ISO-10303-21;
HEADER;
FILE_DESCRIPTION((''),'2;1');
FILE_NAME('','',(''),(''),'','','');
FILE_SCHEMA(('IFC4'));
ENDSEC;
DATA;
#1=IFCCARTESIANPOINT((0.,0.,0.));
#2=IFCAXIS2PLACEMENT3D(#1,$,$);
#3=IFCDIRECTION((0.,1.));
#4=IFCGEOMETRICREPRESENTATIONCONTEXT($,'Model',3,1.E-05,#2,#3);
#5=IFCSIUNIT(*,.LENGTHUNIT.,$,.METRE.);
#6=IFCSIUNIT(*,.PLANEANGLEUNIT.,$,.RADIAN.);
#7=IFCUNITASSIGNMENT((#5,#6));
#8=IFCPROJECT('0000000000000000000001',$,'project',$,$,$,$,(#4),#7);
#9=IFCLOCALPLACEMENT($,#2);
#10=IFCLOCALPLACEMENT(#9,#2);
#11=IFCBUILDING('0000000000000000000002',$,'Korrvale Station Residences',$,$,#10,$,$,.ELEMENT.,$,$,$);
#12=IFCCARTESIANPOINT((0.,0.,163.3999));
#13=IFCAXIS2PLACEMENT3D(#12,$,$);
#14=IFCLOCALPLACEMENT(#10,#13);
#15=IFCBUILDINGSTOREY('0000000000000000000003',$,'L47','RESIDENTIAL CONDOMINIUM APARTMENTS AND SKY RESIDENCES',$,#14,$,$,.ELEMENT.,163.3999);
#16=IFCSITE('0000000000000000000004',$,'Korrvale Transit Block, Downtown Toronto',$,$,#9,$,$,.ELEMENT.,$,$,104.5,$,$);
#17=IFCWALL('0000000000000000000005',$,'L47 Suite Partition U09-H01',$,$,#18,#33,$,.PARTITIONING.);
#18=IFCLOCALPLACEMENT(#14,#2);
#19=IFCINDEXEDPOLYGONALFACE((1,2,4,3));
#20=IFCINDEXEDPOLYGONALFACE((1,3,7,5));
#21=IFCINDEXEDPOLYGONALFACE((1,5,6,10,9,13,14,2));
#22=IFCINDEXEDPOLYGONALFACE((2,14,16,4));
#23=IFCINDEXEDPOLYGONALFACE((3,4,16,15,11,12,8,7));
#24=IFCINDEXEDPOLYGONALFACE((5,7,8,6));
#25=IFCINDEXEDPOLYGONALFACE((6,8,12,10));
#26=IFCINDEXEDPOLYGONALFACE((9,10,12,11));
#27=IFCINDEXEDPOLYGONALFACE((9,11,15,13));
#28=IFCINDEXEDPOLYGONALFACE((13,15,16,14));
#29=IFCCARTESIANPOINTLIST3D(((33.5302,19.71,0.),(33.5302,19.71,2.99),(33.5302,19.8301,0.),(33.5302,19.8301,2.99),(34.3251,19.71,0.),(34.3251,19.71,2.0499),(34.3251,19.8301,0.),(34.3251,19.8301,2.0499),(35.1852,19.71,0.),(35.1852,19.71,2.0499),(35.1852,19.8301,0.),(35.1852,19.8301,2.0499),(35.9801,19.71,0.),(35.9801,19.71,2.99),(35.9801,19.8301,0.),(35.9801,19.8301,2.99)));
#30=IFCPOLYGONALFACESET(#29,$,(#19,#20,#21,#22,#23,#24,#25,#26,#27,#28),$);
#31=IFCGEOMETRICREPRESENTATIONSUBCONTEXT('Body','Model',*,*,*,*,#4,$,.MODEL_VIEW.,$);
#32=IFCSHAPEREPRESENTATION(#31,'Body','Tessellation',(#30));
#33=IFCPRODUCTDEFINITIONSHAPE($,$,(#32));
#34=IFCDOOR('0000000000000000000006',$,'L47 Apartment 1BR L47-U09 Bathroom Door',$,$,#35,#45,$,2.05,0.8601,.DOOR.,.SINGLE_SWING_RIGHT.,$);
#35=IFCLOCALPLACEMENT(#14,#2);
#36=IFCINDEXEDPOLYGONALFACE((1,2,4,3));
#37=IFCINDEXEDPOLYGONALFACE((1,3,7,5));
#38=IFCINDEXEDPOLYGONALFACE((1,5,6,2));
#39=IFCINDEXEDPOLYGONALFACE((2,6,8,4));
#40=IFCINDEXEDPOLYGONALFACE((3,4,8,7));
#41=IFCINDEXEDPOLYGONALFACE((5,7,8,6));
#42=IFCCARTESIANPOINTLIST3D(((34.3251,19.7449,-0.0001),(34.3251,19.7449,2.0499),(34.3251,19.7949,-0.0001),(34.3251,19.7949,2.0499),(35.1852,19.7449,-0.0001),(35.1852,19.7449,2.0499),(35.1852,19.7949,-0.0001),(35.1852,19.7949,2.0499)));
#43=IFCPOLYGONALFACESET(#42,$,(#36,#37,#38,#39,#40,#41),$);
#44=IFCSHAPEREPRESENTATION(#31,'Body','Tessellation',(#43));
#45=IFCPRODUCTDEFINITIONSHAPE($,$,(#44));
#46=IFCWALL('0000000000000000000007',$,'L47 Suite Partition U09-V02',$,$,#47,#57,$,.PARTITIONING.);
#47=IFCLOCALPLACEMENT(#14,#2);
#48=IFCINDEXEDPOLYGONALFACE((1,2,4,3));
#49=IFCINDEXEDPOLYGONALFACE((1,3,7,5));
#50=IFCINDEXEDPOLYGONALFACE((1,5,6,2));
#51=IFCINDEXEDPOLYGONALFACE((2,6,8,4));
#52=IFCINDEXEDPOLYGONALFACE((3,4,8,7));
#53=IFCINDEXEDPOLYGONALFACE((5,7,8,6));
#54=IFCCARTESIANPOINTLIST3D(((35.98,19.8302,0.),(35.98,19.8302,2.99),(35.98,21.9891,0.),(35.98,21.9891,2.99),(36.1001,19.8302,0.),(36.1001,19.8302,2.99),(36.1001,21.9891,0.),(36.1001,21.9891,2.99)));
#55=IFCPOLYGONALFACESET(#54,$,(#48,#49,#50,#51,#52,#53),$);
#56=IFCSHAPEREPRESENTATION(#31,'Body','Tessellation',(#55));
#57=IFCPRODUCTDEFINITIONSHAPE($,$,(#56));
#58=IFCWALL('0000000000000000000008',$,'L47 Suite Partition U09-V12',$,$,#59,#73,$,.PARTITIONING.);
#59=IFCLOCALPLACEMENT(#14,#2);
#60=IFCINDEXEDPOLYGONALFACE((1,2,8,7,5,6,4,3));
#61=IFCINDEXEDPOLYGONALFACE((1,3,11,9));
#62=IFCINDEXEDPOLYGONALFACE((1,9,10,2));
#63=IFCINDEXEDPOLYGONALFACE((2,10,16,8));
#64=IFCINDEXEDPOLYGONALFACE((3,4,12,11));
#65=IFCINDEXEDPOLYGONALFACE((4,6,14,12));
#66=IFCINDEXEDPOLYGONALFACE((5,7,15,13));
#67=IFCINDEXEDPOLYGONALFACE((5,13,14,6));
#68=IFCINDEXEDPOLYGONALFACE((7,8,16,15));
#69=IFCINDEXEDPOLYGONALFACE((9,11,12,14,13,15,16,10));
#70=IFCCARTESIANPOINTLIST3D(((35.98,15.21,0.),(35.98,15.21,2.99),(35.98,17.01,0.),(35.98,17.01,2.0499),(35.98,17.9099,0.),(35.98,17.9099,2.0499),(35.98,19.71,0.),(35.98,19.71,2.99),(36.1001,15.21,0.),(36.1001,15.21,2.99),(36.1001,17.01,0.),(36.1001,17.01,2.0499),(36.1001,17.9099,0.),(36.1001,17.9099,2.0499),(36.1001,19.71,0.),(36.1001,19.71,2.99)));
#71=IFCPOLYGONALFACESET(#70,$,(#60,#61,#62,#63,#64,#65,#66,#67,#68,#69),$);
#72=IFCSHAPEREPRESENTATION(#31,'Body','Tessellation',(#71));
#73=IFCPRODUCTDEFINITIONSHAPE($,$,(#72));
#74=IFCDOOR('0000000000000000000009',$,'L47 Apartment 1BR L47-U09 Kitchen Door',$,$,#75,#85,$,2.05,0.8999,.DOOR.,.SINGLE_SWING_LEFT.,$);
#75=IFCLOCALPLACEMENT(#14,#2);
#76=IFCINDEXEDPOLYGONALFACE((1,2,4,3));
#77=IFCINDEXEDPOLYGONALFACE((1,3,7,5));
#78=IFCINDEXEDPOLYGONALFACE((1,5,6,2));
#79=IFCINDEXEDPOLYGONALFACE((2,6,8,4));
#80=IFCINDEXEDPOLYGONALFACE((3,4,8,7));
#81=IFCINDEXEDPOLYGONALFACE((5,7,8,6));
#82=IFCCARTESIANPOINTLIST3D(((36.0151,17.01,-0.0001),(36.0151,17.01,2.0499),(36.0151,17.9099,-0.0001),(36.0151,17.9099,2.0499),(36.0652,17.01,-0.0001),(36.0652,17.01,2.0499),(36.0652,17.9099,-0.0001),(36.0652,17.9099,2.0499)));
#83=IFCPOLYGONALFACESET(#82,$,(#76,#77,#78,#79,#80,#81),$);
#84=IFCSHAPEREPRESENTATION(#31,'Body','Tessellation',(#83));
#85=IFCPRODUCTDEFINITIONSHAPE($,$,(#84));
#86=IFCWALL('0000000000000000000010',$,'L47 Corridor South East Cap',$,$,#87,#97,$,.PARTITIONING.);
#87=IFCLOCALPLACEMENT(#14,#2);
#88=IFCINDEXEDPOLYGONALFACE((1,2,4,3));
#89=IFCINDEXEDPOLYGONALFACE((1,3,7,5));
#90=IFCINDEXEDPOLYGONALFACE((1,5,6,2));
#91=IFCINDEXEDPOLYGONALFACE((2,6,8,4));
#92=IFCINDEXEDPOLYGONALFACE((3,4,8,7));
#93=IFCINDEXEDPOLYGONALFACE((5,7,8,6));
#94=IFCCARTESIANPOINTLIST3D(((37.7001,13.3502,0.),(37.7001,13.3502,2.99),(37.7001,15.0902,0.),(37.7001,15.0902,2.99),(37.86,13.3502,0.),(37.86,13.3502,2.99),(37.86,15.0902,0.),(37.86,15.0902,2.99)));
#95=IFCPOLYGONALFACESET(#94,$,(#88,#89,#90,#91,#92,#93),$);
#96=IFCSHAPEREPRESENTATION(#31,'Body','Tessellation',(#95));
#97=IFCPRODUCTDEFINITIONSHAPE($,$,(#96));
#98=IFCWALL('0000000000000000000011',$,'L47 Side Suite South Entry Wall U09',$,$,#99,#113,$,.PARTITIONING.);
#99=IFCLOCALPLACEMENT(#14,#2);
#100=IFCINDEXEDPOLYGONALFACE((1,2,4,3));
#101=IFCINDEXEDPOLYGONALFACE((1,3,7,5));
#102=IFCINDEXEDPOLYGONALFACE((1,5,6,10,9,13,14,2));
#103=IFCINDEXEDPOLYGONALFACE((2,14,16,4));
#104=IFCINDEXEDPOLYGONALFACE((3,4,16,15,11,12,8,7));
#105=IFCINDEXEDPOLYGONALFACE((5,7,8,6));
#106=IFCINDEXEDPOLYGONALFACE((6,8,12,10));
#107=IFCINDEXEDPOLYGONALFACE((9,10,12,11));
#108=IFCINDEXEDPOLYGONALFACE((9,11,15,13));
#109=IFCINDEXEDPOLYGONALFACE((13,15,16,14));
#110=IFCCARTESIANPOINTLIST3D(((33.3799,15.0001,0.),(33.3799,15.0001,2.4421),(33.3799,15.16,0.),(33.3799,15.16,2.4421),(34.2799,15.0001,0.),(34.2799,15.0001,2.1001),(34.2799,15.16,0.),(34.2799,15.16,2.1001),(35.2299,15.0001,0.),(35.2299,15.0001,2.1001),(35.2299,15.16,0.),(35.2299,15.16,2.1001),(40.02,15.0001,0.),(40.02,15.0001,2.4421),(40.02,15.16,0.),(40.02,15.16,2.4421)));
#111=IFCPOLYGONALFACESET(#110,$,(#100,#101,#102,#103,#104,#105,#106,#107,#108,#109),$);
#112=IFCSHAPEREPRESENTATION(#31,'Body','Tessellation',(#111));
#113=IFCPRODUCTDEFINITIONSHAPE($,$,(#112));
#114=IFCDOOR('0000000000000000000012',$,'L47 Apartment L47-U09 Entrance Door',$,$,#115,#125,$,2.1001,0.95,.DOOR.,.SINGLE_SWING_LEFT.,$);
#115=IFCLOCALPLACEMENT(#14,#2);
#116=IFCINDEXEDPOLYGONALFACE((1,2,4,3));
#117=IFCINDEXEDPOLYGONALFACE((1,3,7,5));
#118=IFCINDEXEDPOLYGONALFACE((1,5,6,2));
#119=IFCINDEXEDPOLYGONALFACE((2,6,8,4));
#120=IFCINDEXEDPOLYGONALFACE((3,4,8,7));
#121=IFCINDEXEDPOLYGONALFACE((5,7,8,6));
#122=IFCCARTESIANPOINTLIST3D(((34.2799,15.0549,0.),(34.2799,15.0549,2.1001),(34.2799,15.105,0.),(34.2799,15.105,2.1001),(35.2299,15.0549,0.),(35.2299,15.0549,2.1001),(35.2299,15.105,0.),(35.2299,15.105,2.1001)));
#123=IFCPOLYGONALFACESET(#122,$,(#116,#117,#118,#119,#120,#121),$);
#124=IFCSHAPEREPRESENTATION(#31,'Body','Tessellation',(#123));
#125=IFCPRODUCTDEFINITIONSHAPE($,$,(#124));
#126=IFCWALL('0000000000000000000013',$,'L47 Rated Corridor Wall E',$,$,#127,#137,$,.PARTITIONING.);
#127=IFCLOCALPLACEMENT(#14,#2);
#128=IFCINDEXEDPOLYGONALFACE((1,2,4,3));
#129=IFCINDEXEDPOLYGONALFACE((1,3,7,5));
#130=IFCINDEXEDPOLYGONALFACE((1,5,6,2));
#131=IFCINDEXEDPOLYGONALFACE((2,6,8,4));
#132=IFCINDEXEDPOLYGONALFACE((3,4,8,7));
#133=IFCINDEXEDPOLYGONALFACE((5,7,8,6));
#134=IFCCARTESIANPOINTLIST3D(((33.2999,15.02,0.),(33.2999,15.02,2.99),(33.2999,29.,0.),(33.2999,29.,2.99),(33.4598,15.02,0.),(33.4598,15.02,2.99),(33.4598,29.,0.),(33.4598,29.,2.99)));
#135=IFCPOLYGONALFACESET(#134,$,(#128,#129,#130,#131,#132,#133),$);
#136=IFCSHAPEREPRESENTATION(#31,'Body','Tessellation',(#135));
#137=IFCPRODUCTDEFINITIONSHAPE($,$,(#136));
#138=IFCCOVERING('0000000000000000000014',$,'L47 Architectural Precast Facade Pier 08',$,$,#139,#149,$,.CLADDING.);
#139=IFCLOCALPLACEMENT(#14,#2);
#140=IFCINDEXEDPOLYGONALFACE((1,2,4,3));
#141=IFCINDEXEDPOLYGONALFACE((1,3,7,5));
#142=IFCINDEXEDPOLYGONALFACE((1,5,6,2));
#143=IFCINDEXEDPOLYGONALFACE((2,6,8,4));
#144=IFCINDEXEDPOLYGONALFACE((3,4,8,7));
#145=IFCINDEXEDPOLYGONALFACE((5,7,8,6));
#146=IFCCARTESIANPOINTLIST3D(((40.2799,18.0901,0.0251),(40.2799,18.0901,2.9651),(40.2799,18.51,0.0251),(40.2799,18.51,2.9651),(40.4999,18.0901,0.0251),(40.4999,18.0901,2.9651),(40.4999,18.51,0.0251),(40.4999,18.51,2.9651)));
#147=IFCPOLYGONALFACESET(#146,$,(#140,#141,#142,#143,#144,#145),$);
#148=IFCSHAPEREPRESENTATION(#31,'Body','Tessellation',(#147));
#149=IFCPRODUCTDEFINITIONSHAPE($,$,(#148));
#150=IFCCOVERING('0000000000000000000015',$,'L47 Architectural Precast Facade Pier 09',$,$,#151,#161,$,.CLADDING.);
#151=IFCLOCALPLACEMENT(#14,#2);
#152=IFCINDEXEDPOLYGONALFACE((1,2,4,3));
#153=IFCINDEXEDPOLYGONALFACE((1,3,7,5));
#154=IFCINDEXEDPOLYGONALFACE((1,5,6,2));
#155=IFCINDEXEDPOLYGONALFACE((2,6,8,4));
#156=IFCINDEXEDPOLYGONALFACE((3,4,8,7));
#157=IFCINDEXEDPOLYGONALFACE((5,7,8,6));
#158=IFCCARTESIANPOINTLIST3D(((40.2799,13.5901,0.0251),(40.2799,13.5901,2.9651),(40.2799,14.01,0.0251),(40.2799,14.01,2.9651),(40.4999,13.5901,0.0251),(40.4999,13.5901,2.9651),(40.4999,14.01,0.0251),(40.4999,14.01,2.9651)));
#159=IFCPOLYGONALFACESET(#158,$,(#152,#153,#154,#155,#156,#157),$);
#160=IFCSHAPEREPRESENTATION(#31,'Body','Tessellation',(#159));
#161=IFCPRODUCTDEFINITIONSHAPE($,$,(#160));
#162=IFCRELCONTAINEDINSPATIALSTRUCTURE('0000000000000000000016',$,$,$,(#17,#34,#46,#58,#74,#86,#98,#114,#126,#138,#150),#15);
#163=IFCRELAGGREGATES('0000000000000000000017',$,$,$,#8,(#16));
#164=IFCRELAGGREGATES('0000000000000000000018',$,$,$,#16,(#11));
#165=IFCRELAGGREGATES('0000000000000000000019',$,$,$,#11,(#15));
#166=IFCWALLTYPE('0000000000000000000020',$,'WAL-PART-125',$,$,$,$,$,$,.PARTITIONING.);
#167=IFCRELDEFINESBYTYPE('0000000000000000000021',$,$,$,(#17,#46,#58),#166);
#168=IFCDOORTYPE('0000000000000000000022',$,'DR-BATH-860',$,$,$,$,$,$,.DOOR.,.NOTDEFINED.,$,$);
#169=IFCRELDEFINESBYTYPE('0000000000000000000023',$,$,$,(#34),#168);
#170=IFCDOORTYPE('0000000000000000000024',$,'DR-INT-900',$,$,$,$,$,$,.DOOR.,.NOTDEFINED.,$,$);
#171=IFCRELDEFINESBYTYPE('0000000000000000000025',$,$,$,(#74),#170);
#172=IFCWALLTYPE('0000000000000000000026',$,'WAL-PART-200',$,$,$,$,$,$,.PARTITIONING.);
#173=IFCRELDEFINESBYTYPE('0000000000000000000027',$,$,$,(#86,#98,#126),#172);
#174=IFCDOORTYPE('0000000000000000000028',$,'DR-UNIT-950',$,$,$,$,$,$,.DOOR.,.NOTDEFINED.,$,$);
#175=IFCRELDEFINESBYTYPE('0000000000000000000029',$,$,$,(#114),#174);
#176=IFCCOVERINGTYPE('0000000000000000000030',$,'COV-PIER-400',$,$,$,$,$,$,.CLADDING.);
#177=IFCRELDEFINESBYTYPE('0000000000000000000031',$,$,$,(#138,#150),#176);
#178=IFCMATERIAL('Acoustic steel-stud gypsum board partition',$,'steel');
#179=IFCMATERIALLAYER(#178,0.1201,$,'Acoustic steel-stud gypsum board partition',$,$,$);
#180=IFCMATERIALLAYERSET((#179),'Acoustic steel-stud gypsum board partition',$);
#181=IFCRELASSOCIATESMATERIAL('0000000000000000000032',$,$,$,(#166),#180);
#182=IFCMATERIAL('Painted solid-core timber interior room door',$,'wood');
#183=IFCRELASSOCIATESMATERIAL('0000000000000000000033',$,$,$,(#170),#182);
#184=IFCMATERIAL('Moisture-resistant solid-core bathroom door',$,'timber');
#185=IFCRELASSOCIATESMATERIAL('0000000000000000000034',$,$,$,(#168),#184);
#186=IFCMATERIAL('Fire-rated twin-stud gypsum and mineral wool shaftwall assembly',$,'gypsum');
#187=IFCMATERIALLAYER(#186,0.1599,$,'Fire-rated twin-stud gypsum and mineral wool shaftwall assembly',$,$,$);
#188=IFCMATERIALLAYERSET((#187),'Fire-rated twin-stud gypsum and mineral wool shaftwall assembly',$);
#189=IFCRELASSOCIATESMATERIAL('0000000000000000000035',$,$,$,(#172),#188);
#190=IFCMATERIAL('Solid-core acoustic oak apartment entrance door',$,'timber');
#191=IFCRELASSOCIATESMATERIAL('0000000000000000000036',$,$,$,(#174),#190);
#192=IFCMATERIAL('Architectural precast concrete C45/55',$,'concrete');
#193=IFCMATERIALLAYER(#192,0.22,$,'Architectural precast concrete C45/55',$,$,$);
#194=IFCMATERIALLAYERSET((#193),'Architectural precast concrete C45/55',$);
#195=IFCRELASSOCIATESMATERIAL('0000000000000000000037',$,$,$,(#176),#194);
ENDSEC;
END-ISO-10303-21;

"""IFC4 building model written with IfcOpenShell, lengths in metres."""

from ifc_helpers import new_model, si_unit, direction, frame, frame_2d, origin, origin_2d, place, context, subcontext, project, spatial, rectangle, extrude, material, layer, layer_set, type_object, element, fill, save


model = new_model("IFC4")

# Units and contexts
model_context = context("Model", 3, precision=1e-05, world=origin(), true_north=direction((0.0, 1.0)))
body_context = subcontext(model_context, "Body", "Model", "MODEL_VIEW")
ifc_project = project(units=[si_unit("LENGTHUNIT", "METRE"), si_unit("PLANEANGLEUNIT", "RADIAN")], contexts=[model_context])

# Site, building, storey
site_placement = place(None, origin())
site = spatial("IfcSite", under=ifc_project, at=site_placement, Name="Korrvale Transit Block, Downtown Toronto", CompositionType="ELEMENT", RefElevation=104.5)
building_placement = place(site_placement, origin())
building = spatial("IfcBuilding", under=site, at=building_placement, Name="Korrvale Station Residences", CompositionType="ELEMENT")
storey_placement = place(building_placement, frame((0.0, 0.0, 163.3999)))
storey = spatial("IfcBuildingStorey", under=building, at=storey_placement, Name="L47", Description="RESIDENTIAL CONDOMINIUM APARTMENTS AND SKY RESIDENCES", CompositionType="ELEMENT", Elevation=163.3999)

# Wall, opening, door
ifc_material_1 = material(Name="Acoustic steel-stud gypsum board partition", Category="steel")
ifc_layer_1 = layer(ifc_material_1, 0.1201, Name="Acoustic steel-stud gypsum board partition")
ifc_layer_set_1 = layer_set([ifc_layer_1], Name="Acoustic steel-stud gypsum board partition")
wall_type_1 = type_object("IfcWallType", Name="WAL-PART-125", PredefinedType="PARTITIONING", material=ifc_layer_set_1)
ifc_material_2 = material(Name="Painted solid-core timber interior room door", Category="wood")
door_type_1 = type_object("IfcDoorType", Name="DR-INT-900", OperationType="NOTDEFINED", PredefinedType="DOOR", material=ifc_material_2)
wall_1_placement = place(storey_placement, frame((33.53, 19.77, 0.0), z_axis=(0.0, 0.0, 1.0), x_axis=(1.0, 0.0, 0.0)))
wall_1 = element("IfcWall", 1, at=wall_1_placement, inside=storey, type_object=wall_type_1, Name="L47 Suite Partition U09-H01", PredefinedType="PARTITIONING", context=body_context, shape_type="SweptSolid", body=[
    extrude(rectangle(XDim=2.45, YDim=0.1201, at=frame_2d((1.2251, 0.0))), origin(), (0.0, 0.0, 1.0), 2.99),
])
opening_1_placement = place(wall_1_placement, frame((0.7949, 0.0, 0.0)))
opening_1 = element("IfcOpeningElement", 2, at=opening_1_placement, cuts=wall_1, PredefinedType="OPENING", context=body_context, shape_type="SweptSolid", body=[
    extrude(rectangle(XDim=0.8601, YDim=2.05, at=frame_2d((0.4302, 1.0249))), frame((0.0, 0.0701, 0.0), z_axis=(0.0, -1.0, 0.0), x_axis=(1.0, 0.0, 0.0)), (0.0, 0.0, 1.0), 0.1401),
])
ifc_material_3 = material(Name="Moisture-resistant solid-core bathroom door", Category="timber")
door_type_2 = type_object("IfcDoorType", Name="DR-BATH-860", OperationType="NOTDEFINED", PredefinedType="DOOR", material=ifc_material_3)
door_1_placement = place(opening_1_placement, origin())
door_1 = element("IfcDoor", 3, at=door_1_placement, inside=storey, type_object=door_type_2, Name="L47 Apartment 1BR L47-U09 Bathroom Door", OperationType="SINGLE_SWING_RIGHT", OverallHeight=2.05, OverallWidth=0.8601, PredefinedType="DOOR", context=body_context, shape_type="SweptSolid", body=[
    extrude(rectangle(XDim=0.8601, YDim=2.05, at=frame_2d((0.4302, 1.0249))), frame((0.0, 0.0249, 0.0), z_axis=(0.0, -1.0, 0.0), x_axis=(1.0, 0.0, 0.0)), (0.0, 0.0, 1.0), 0.05),
])
fill(opening_1, door_1)

# Wall
wall_2_placement = place(storey_placement, frame((36.04, 19.8301, 0.0), z_axis=(0.0, 0.0, 1.0), x_axis=(0.0, 1.0, 0.0)))
element("IfcWall", 4, at=wall_2_placement, inside=storey, type_object=wall_type_1, Name="L47 Suite Partition U09-V02", PredefinedType="PARTITIONING", context=body_context, shape_type="SweptSolid", body=[
    extrude(rectangle(XDim=2.1589, YDim=0.1201, at=frame_2d((1.0796, 0.0))), origin(), (0.0, 0.0, 1.0), 2.99),
])

# Wall, opening, door
wall_3_placement = place(storey_placement, frame((36.04, 15.21, 0.0), z_axis=(0.0, 0.0, 1.0), x_axis=(0.0, 1.0, 0.0)))
wall_3 = element("IfcWall", 5, at=wall_3_placement, inside=storey, type_object=wall_type_1, Name="L47 Suite Partition U09-V12", PredefinedType="PARTITIONING", context=body_context, shape_type="SweptSolid", body=[
    extrude(rectangle(XDim=4.5, YDim=0.1201, at=frame_2d((2.25, 0.0))), origin(), (0.0, 0.0, 1.0), 2.99),
])
opening_2_placement = place(wall_3_placement, frame((1.8, 0.0, 0.0)))
opening_2 = element("IfcOpeningElement", 6, at=opening_2_placement, cuts=wall_3, PredefinedType="OPENING", context=body_context, shape_type="SweptSolid", body=[
    extrude(rectangle(XDim=0.8999, YDim=2.05, at=frame_2d((0.45, 1.0249))), frame((0.0, 0.0701, 0.0), z_axis=(0.0, -1.0, 0.0), x_axis=(1.0, 0.0, 0.0)), (0.0, 0.0, 1.0), 0.1401),
])
door_2_placement = place(opening_2_placement, origin())
door_2 = element("IfcDoor", 7, at=door_2_placement, inside=storey, type_object=door_type_1, Name="L47 Apartment 1BR L47-U09 Kitchen Door", OperationType="SINGLE_SWING_LEFT", OverallHeight=2.05, OverallWidth=0.8999, PredefinedType="DOOR", context=body_context, shape_type="SweptSolid", body=[
    extrude(rectangle(XDim=0.8999, YDim=2.05, at=frame_2d((0.45, 1.0249))), frame((0.0, 0.0249, 0.0), z_axis=(0.0, -1.0, 0.0), x_axis=(1.0, 0.0, 0.0)), (0.0, 0.0, 1.0), 0.05),
])
fill(opening_2, door_2)

# Wall
ifc_material_4 = material(Name="Fire-rated twin-stud gypsum and mineral wool shaftwall assembly", Category="gypsum")
ifc_layer_2 = layer(ifc_material_4, 0.1599, Name="Fire-rated twin-stud gypsum and mineral wool shaftwall assembly")
ifc_layer_set_2 = layer_set([ifc_layer_2], Name="Fire-rated twin-stud gypsum and mineral wool shaftwall assembly")
wall_type_2 = type_object("IfcWallType", Name="WAL-PART-200", PredefinedType="PARTITIONING", material=ifc_layer_set_2)
wall_4_placement = place(storey_placement, frame((37.78, 13.3501, 0.0), z_axis=(0.0, 0.0, 1.0), x_axis=(0.0, 1.0, 0.0)))
element("IfcWall", 8, at=wall_4_placement, inside=storey, type_object=wall_type_2, Name="L47 Corridor South East Cap", PredefinedType="PARTITIONING", context=body_context, shape_type="SweptSolid", body=[
    extrude(rectangle(XDim=1.74, YDim=0.1599, at=frame_2d((0.8701, 0.0))), origin(), (0.0, 0.0, 1.0), 2.99),
])

# Wall, opening, door
wall_5_placement = place(storey_placement, frame((33.3799, 15.0801, 0.0), z_axis=(0.0, 0.0, 1.0), x_axis=(1.0, 0.0, 0.0)))
wall_5 = element("IfcWall", 9, at=wall_5_placement, inside=storey, type_object=wall_type_2, Name="L47 Side Suite South Entry Wall U09", PredefinedType="PARTITIONING", context=body_context, shape_type="SweptSolid", body=[
    extrude(rectangle(XDim=6.6401, YDim=0.1599, at=frame_2d((3.3201, 0.0))), origin(), (0.0, 0.0, 1.0), 2.4421),
])
opening_3_placement = place(wall_5_placement, frame((0.8999, 0.0, 0.0)))
opening_3 = element("IfcOpeningElement", 10, at=opening_3_placement, cuts=wall_5, PredefinedType="OPENING", context=body_context, shape_type="SweptSolid", body=[
    extrude(rectangle(XDim=0.95, YDim=2.1001, at=frame_2d((0.4751, 1.05))), frame((0.0, 0.0898, 0.0), z_axis=(0.0, -1.0, 0.0), x_axis=(1.0, 0.0, 0.0)), (0.0, 0.0, 1.0), 0.1799),
])
ifc_material_5 = material(Name="Solid-core acoustic oak apartment entrance door", Category="timber")
door_type_3 = type_object("IfcDoorType", Name="DR-UNIT-950", OperationType="NOTDEFINED", PredefinedType="DOOR", material=ifc_material_5)
door_3_placement = place(opening_3_placement, origin())
door_3 = element("IfcDoor", 11, at=door_3_placement, inside=storey, type_object=door_type_3, Name="L47 Apartment L47-U09 Entrance Door", OperationType="SINGLE_SWING_LEFT", OverallHeight=2.1001, OverallWidth=0.95, PredefinedType="DOOR", context=body_context, shape_type="SweptSolid", body=[
    extrude(rectangle(XDim=0.95, YDim=2.1001, at=frame_2d((0.4751, 1.05))), frame((0.0, 0.0249, 0.0), z_axis=(0.0, -1.0, 0.0), x_axis=(1.0, 0.0, 0.0)), (0.0, 0.0, 1.0), 0.05),
])
fill(opening_3, door_3)

# Wall
wall_6_placement = place(storey_placement, frame((33.3799, 15.02, 0.0), z_axis=(0.0, 0.0, 1.0), x_axis=(0.0, 1.0, 0.0)))
element("IfcWall", 12, at=wall_6_placement, inside=storey, type_object=wall_type_2, Name="L47 Rated Corridor Wall E", PredefinedType="PARTITIONING", context=body_context, shape_type="SweptSolid", body=[
    extrude(rectangle(XDim=13.98, YDim=0.1599, at=frame_2d((6.99, 0.0))), origin(), (0.0, 0.0, 1.0), 2.99),
])

# Coverings
ifc_material_6 = material(Name="Architectural precast concrete C45/55", Category="concrete")
ifc_layer_3 = layer(ifc_material_6, 0.22, Name="Architectural precast concrete C45/55")
ifc_layer_set_3 = layer_set([ifc_layer_3], Name="Architectural precast concrete C45/55")
covering_type = type_object("IfcCoveringType", Name="COV-PIER-400", PredefinedType="CLADDING", material=ifc_layer_set_3)
for number, where, z_axis, x_axis, name in (
    (13, (40.3899, 18.3, 0.0251), (0.0, 0.0, 1.0), (0.0, 1.0, 0.0), "L47 Architectural Precast Facade Pier 08"),
    (14, (40.3899, 13.8, 0.0251), (0.0, 0.0, 1.0), (0.0, 1.0, 0.0), "L47 Architectural Precast Facade Pier 09"),
):
    element("IfcCovering", number, at=place(storey_placement, frame(where, z_axis=z_axis, x_axis=x_axis)), inside=storey, type_object=covering_type, Name=name, PredefinedType="CLADDING", context=body_context, shape_type="SweptSolid", body=[
        extrude(rectangle(XDim=0.4199, YDim=0.22, at=origin_2d()), origin(), (0.0, 0.0, 1.0), 2.9399),
    ])

save(model, "model.ifc")
